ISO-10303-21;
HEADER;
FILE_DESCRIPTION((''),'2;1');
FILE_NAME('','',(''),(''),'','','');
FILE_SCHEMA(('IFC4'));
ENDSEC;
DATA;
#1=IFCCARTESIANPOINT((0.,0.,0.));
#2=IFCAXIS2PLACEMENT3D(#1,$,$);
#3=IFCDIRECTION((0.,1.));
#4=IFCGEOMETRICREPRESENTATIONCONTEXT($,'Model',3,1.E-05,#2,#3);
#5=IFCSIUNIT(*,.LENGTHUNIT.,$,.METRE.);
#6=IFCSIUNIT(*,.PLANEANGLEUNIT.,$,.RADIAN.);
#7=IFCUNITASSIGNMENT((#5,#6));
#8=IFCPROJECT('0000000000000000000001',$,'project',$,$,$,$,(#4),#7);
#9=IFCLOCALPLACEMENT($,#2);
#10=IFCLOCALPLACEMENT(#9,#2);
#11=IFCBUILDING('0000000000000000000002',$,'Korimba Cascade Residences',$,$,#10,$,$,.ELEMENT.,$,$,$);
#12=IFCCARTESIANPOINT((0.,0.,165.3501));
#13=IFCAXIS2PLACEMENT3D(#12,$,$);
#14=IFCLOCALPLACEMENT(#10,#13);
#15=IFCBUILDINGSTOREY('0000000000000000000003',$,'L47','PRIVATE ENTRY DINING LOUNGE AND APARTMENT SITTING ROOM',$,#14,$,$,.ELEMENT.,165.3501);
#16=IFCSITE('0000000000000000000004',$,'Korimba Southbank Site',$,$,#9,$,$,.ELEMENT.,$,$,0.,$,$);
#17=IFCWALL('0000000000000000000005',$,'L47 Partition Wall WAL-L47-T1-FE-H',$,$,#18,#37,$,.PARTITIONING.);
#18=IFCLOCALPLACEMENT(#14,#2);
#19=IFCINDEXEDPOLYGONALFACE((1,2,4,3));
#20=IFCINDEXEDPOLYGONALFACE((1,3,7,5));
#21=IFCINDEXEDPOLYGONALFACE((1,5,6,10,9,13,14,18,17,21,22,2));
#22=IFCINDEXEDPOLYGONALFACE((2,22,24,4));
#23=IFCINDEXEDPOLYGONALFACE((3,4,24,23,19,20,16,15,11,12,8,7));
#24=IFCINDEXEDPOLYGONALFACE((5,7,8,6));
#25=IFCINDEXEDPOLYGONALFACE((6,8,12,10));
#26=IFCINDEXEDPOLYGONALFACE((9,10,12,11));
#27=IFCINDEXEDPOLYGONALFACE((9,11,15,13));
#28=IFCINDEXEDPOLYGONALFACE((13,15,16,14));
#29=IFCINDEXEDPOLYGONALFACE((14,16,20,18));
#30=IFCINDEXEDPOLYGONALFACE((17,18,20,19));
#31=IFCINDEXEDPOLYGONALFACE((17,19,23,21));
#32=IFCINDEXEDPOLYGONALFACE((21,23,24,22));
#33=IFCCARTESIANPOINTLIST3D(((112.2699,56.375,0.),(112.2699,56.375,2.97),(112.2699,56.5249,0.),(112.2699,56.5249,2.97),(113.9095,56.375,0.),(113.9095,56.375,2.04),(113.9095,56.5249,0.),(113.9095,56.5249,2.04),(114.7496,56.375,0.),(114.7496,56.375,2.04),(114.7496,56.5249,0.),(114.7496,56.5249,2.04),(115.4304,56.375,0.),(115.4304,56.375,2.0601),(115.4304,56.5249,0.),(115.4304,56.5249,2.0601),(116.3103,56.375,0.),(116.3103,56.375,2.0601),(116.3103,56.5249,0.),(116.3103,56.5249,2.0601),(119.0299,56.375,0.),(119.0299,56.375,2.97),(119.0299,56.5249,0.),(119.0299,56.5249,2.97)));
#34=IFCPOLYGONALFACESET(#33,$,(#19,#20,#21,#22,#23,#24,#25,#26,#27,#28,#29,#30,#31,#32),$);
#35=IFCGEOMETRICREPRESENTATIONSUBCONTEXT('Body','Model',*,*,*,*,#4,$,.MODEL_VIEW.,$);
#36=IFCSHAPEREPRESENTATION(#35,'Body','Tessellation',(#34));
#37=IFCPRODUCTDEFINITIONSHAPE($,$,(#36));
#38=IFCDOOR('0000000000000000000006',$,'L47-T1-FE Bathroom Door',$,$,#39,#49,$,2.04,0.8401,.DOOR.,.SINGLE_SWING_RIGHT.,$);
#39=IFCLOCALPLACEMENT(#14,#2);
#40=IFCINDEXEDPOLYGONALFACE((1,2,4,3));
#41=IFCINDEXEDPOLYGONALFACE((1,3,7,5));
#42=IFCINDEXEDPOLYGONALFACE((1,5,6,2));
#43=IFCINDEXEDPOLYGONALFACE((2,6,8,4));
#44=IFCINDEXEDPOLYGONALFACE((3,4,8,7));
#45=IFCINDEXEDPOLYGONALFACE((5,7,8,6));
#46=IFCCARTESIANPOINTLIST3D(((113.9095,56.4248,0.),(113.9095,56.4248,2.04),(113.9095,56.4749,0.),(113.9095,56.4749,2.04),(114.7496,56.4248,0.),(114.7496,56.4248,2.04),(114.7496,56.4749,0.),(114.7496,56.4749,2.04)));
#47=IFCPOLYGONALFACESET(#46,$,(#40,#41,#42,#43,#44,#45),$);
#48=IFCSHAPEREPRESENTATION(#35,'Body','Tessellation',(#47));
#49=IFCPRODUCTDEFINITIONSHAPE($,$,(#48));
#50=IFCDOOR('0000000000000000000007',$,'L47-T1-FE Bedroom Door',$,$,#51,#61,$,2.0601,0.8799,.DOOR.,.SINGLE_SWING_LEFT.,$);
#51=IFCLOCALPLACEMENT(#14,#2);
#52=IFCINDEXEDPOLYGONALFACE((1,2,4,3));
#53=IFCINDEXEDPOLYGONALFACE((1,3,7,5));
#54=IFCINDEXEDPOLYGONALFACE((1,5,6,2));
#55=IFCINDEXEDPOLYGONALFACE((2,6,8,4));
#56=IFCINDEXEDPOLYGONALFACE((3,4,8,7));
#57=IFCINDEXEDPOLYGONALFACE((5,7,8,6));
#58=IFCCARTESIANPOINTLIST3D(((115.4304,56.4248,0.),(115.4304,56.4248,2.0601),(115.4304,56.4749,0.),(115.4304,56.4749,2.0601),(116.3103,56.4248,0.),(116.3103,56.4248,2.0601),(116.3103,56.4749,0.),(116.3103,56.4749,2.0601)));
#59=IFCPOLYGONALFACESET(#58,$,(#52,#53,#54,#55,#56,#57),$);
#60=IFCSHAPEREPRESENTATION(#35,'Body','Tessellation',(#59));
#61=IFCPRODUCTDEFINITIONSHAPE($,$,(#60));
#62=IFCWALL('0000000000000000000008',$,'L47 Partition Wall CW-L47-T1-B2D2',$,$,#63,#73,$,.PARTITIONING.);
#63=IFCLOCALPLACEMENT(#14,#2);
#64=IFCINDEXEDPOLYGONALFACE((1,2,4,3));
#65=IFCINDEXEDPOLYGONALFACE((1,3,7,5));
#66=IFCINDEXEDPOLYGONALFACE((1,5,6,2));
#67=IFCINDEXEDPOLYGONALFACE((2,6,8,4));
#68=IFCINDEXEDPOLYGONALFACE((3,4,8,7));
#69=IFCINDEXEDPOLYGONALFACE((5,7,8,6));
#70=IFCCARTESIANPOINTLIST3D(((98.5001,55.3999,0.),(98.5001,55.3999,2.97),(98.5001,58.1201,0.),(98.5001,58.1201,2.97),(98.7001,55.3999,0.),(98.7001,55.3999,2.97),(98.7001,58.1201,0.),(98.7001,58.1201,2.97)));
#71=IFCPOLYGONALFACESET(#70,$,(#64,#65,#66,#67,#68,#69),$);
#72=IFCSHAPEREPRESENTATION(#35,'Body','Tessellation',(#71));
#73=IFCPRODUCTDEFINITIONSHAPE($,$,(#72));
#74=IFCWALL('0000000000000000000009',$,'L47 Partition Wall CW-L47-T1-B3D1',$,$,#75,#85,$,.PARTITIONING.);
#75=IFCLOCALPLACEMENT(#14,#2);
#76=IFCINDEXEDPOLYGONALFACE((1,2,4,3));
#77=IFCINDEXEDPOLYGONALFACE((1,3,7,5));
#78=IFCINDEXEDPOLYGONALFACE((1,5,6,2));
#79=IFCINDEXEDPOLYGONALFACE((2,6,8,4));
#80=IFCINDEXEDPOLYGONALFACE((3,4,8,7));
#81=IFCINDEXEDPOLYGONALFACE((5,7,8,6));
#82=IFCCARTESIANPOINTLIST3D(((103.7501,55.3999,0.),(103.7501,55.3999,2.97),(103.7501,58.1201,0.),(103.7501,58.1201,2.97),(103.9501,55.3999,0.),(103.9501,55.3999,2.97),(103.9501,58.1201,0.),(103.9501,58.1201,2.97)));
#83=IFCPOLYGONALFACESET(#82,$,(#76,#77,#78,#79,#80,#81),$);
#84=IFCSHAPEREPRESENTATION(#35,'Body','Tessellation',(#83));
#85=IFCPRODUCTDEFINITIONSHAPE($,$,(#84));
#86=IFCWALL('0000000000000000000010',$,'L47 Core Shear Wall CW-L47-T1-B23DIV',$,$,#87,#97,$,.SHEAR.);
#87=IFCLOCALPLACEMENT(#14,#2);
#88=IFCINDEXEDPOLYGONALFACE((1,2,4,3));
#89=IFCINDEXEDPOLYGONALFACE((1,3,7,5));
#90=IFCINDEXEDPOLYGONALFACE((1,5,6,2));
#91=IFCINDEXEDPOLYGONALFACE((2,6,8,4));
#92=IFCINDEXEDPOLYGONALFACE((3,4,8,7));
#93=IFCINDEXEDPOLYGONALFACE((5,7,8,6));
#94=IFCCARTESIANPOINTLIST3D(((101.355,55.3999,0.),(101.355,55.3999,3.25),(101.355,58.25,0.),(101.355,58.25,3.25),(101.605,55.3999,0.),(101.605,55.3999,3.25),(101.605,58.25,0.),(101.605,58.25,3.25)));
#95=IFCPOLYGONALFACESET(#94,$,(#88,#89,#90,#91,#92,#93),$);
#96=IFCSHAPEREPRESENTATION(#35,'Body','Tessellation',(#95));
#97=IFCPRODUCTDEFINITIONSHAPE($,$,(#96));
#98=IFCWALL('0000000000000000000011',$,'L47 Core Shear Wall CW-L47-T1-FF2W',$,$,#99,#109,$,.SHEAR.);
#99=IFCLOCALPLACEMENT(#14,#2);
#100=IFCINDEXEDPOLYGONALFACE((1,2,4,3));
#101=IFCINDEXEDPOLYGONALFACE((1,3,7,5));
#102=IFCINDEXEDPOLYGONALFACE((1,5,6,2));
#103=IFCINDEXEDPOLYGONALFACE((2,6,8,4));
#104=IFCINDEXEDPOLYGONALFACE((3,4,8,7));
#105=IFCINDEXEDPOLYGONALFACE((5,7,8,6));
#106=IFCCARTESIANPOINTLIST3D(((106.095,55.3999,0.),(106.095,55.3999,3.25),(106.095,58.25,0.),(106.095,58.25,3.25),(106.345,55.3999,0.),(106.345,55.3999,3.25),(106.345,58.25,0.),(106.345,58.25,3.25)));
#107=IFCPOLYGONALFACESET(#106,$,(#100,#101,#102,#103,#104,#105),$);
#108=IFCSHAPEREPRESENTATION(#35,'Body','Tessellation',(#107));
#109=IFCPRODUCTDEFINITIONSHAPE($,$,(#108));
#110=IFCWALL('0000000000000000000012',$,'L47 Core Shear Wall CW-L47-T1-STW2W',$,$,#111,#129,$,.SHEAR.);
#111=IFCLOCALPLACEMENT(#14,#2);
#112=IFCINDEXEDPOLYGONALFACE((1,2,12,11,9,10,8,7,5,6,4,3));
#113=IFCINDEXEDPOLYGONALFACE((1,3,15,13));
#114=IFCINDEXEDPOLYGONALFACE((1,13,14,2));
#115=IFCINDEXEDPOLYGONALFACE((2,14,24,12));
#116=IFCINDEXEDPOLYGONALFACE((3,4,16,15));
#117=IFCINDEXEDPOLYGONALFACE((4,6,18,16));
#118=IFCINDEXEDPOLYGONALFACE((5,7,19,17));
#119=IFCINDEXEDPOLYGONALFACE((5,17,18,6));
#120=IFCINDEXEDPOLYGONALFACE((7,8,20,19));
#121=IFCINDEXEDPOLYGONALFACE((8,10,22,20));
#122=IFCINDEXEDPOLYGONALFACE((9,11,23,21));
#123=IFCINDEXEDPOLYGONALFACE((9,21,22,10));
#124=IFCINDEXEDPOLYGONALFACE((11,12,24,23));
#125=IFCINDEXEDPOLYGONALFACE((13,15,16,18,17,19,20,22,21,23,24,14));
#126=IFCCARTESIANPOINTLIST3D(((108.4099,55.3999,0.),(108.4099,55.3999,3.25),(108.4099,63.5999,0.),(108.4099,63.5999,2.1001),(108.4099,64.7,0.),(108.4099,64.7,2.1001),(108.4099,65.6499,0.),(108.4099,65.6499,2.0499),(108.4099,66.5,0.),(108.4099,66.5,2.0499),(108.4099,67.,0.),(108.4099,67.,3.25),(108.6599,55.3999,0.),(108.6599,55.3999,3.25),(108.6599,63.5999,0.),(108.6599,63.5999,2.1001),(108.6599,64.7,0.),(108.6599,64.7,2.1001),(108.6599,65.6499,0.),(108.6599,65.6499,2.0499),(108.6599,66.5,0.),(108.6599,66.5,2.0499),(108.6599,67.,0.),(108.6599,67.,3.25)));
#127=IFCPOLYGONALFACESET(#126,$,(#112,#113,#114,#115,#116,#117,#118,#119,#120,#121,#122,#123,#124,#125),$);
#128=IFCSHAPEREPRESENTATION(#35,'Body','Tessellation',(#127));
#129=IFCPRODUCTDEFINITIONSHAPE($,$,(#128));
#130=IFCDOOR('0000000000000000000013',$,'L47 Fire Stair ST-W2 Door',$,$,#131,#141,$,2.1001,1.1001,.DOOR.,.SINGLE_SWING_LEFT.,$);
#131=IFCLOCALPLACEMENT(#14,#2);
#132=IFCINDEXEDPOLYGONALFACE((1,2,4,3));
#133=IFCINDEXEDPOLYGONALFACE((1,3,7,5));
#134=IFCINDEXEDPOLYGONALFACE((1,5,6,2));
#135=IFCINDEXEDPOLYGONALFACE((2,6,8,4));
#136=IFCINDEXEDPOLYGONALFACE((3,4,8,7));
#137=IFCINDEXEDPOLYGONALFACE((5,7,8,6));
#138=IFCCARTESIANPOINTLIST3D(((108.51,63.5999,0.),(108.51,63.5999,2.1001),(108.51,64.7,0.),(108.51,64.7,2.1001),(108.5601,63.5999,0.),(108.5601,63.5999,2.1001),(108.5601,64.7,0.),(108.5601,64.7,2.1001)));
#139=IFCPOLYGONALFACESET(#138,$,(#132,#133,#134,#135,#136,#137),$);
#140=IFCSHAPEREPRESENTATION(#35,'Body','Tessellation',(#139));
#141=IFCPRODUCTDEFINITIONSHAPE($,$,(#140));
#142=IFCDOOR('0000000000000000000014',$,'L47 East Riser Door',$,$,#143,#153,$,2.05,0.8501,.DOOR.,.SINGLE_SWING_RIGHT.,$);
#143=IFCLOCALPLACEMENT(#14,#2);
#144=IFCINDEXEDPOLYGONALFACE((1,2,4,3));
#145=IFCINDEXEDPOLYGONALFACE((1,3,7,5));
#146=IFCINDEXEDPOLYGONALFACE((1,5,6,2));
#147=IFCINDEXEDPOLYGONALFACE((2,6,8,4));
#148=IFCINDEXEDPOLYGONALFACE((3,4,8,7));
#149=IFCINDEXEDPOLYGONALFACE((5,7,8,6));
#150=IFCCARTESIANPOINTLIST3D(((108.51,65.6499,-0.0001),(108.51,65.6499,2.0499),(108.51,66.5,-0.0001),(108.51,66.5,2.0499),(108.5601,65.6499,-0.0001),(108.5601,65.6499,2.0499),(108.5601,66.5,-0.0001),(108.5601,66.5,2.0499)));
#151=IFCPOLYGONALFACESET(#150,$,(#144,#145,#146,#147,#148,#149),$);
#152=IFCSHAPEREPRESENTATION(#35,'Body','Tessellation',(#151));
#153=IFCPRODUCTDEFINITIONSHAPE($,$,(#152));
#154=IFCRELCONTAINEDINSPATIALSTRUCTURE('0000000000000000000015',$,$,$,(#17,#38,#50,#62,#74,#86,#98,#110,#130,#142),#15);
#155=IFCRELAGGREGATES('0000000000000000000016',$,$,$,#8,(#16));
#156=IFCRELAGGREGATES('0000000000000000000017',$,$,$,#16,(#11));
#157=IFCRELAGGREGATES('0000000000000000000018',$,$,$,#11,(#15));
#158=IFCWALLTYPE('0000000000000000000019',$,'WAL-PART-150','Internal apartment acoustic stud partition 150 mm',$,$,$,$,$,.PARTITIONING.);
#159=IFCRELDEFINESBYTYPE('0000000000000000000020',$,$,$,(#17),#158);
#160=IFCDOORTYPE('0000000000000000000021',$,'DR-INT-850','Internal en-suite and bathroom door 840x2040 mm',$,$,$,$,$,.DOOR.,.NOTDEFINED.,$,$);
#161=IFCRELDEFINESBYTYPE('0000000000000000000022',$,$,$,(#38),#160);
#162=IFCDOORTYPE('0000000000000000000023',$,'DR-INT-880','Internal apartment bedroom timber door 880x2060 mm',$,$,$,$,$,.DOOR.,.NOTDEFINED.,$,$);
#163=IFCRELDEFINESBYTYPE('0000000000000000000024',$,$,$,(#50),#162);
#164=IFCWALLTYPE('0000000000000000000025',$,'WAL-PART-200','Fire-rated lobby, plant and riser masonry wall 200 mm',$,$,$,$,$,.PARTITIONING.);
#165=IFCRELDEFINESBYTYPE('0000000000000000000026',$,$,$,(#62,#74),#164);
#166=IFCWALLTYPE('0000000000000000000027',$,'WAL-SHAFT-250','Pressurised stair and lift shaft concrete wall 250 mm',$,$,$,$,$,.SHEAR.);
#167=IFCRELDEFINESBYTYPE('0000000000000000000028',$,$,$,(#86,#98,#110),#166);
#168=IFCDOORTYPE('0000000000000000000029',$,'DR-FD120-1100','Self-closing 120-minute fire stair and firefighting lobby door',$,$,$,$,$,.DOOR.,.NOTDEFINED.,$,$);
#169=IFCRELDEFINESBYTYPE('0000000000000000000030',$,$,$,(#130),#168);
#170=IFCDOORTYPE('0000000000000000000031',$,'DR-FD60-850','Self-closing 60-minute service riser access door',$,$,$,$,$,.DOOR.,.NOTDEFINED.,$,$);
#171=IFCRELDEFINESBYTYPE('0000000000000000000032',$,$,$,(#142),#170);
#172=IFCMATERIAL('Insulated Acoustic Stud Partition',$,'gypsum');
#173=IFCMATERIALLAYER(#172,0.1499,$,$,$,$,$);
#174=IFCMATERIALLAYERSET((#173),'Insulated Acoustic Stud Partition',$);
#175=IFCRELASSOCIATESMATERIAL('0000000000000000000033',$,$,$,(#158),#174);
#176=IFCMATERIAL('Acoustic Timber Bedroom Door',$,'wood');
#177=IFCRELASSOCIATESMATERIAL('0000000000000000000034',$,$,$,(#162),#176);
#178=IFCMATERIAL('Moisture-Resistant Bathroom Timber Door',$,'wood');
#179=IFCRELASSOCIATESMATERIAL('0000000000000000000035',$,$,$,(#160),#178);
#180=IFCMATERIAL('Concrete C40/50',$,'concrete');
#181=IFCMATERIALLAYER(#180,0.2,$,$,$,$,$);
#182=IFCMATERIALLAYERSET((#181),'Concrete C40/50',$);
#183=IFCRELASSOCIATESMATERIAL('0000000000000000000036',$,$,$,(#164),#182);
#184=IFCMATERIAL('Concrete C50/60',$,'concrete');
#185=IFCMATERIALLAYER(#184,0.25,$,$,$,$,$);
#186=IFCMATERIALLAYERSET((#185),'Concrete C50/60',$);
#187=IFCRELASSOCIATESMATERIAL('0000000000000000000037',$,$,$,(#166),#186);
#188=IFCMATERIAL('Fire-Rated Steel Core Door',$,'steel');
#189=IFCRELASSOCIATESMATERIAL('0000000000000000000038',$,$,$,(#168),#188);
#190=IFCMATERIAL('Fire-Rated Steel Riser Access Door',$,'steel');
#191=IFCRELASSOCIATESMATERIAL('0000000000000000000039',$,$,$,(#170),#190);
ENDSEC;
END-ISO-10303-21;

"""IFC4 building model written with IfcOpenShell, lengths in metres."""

from ifc_helpers import new_model, si_unit, direction, frame, frame_2d, origin, place, context, subcontext, project, spatial, rectangle, extrude, material, layer, layer_set, type_object, element, fill, save


model = new_model("IFC4")

# Units and contexts
model_context = context("Model", 3, precision=1e-05, world=origin(), true_north=direction((0.0, 1.0)))
body_context = subcontext(model_context, "Body", "Model", "MODEL_VIEW")
ifc_project = project(units=[si_unit("LENGTHUNIT", "METRE"), si_unit("PLANEANGLEUNIT", "RADIAN")], contexts=[model_context])

# Site, building, storey
site_placement = place(None, origin())
site = spatial("IfcSite", under=ifc_project, at=site_placement, Name="Korimba Southbank Site", CompositionType="ELEMENT", RefElevation=0.0)
building_placement = place(site_placement, origin())
building = spatial("IfcBuilding", under=site, at=building_placement, Name="Korimba Cascade Residences", CompositionType="ELEMENT")
storey_placement = place(building_placement, frame((0.0, 0.0, 165.3501)))
storey = spatial("IfcBuildingStorey", under=building, at=storey_placement, Name="L47", Description="PRIVATE ENTRY DINING LOUNGE AND APARTMENT SITTING ROOM", CompositionType="ELEMENT", Elevation=165.3501)

# Shared definitions
ifc_material_1 = material(Name="Insulated Acoustic Stud Partition", Category="gypsum")
ifc_layer_1 = layer(ifc_material_1, 0.1499)
ifc_layer_set_1 = layer_set([ifc_layer_1], Name="Insulated Acoustic Stud Partition")
wall_type_1 = type_object("IfcWallType", Name="WAL-PART-150", Description="Internal apartment acoustic stud partition 150 mm", PredefinedType="PARTITIONING", material=ifc_layer_set_1)
ifc_material_2 = material(Name="Acoustic Timber Bedroom Door", Category="wood")
door_type_1 = type_object("IfcDoorType", Name="DR-INT-880", Description="Internal apartment bedroom timber door 880x2060 mm", OperationType="NOTDEFINED", PredefinedType="DOOR", material=ifc_material_2)

# Wall, openings, doors
wall_1_placement = place(storey_placement, frame((112.27, 56.45, 0.0), z_axis=(0.0, 0.0, 1.0), x_axis=(1.0, 0.0, 0.0)))
wall_1 = element("IfcWall", 1, at=wall_1_placement, inside=storey, type_object=wall_type_1, Name="L47 Partition Wall WAL-L47-T1-FE-H", PredefinedType="PARTITIONING", context=body_context, shape_type="SweptSolid", body=[
    extrude(rectangle(XDim=6.76, YDim=0.1499, at=frame_2d((3.3799, 0.0))), origin(), (0.0, 0.0, 1.0), 2.97),
])
opening_1_placement = place(wall_1_placement, frame((1.6396, 0.0, 0.0)))
opening_1 = element("IfcOpeningElement", 2, at=opening_1_placement, cuts=wall_1, PredefinedType="OPENING", context=body_context, shape_type="SweptSolid", body=[
    extrude(rectangle(XDim=0.8401, YDim=2.04, at=frame_2d((0.4199, 1.02))), frame((0.0, 0.085, 0.0), z_axis=(0.0, -1.0, 0.0), x_axis=(1.0, 0.0, 0.0)), (0.0, 0.0, 1.0), 0.1699),
])
opening_2_placement = place(wall_1_placement, frame((3.1604, 0.0, 0.0)))
opening_2 = element("IfcOpeningElement", 3, at=opening_2_placement, cuts=wall_1, PredefinedType="OPENING", context=body_context, shape_type="SweptSolid", body=[
    extrude(rectangle(XDim=0.8799, YDim=2.0601, at=frame_2d((0.4399, 1.03))), frame((0.0, 0.085, 0.0), z_axis=(0.0, -1.0, 0.0), x_axis=(1.0, 0.0, 0.0)), (0.0, 0.0, 1.0), 0.1699),
])
ifc_material_3 = material(Name="Moisture-Resistant Bathroom Timber Door", Category="wood")
door_type_2 = type_object("IfcDoorType", Name="DR-INT-850", Description="Internal en-suite and bathroom door 840x2040 mm", OperationType="NOTDEFINED", PredefinedType="DOOR", material=ifc_material_3)
door_1_placement = place(opening_1_placement, origin())
door_1 = element("IfcDoor", 4, at=door_1_placement, inside=storey, type_object=door_type_2, Name="L47-T1-FE Bathroom Door", OperationType="SINGLE_SWING_RIGHT", OverallHeight=2.04, OverallWidth=0.8401, PredefinedType="DOOR", context=body_context, shape_type="SweptSolid", body=[
    extrude(rectangle(XDim=0.8401, YDim=2.04, at=frame_2d((0.4199, 1.02))), frame((0.0, 0.0249, 0.0), z_axis=(0.0, -1.0, 0.0), x_axis=(1.0, 0.0, 0.0)), (0.0, 0.0, 1.0), 0.05),
])
fill(opening_1, door_1)
door_2_placement = place(opening_2_placement, origin())
door_2 = element("IfcDoor", 5, at=door_2_placement, inside=storey, type_object=door_type_1, Name="L47-T1-FE Bedroom Door", OperationType="SINGLE_SWING_LEFT", OverallHeight=2.0601, OverallWidth=0.8799, PredefinedType="DOOR", context=body_context, shape_type="SweptSolid", body=[
    extrude(rectangle(XDim=0.8799, YDim=2.0601, at=frame_2d((0.4399, 1.03))), frame((0.0, 0.0249, 0.0), z_axis=(0.0, -1.0, 0.0), x_axis=(1.0, 0.0, 0.0)), (0.0, 0.0, 1.0), 0.05),
])
fill(opening_2, door_2)

# Walls
ifc_material_4 = material(Name="Concrete C40/50", Category="concrete")
ifc_layer_2 = layer(ifc_material_4, 0.2)
ifc_layer_set_2 = layer_set([ifc_layer_2], Name="Concrete C40/50")
wall_type_2 = type_object("IfcWallType", Name="WAL-PART-200", Description="Fire-rated lobby, plant and riser masonry wall 200 mm", PredefinedType="PARTITIONING", material=ifc_layer_set_2)
for number, where, z_axis, x_axis, name in (
    (6, (98.6001, 55.3999, 0.0), (0.0, 0.0, 1.0), (0.0, 1.0, 0.0), "L47 Partition Wall CW-L47-T1-B2D2"),
    (7, (103.8501, 55.3999, 0.0), (0.0, 0.0, 1.0), (0.0, 1.0, 0.0), "L47 Partition Wall CW-L47-T1-B3D1"),
):
    element("IfcWall", number, at=place(storey_placement, frame(where, z_axis=z_axis, x_axis=x_axis)), inside=storey, type_object=wall_type_2, Name=name, PredefinedType="PARTITIONING", context=body_context, shape_type="SweptSolid", body=[
        extrude(rectangle(XDim=2.7202, YDim=0.2, at=frame_2d((1.3601, 0.0))), origin(), (0.0, 0.0, 1.0), 2.97),
    ])
ifc_material_5 = material(Name="Concrete C50/60", Category="concrete")
ifc_layer_3 = layer(ifc_material_5, 0.25)
ifc_layer_set_3 = layer_set([ifc_layer_3], Name="Concrete C50/60")
wall_type_3 = type_object("IfcWallType", Name="WAL-SHAFT-250", Description="Pressurised stair and lift shaft concrete wall 250 mm", PredefinedType="SHEAR", material=ifc_layer_set_3)
for number, where, z_axis, x_axis, name in (
    (8, (101.48, 55.3999, 0.0), (0.0, 0.0, 1.0), (0.0, 1.0, 0.0), "L47 Core Shear Wall CW-L47-T1-B23DIV"),
    (9, (106.22, 55.3999, 0.0), (0.0, 0.0, 1.0), (0.0, 1.0, 0.0), "L47 Core Shear Wall CW-L47-T1-FF2W"),
):
    element("IfcWall", number, at=place(storey_placement, frame(where, z_axis=z_axis, x_axis=x_axis)), inside=storey, type_object=wall_type_3, Name=name, PredefinedType="SHEAR", context=body_context, shape_type="SweptSolid", body=[
        extrude(rectangle(XDim=2.8501, YDim=0.25, at=frame_2d((1.425, 0.0))), origin(), (0.0, 0.0, 1.0), 3.25),
    ])

# Wall, openings, doors
wall_2_placement = place(storey_placement, frame((108.5349, 55.3999, 0.0), z_axis=(0.0, 0.0, 1.0), x_axis=(0.0, 1.0, 0.0)))
wall_2 = element("IfcWall", 10, at=wall_2_placement, inside=storey, type_object=wall_type_3, Name="L47 Core Shear Wall CW-L47-T1-STW2W", PredefinedType="SHEAR", context=body_context, shape_type="SweptSolid", body=[
    extrude(rectangle(XDim=11.6001, YDim=0.25, at=frame_2d((5.8, 0.0))), origin(), (0.0, 0.0, 1.0), 3.25),
])
opening_3_placement = place(wall_2_placement, frame((8.2, 0.0, 0.0)))
opening_3 = element("IfcOpeningElement", 11, at=opening_3_placement, cuts=wall_2, PredefinedType="OPENING", context=body_context, shape_type="SweptSolid", body=[
    extrude(rectangle(XDim=1.1001, YDim=2.1001, at=frame_2d((0.55, 1.05))), frame((0.0, 0.135, 0.0), z_axis=(0.0, -1.0, 0.0), x_axis=(1.0, 0.0, 0.0)), (0.0, 0.0, 1.0), 0.27),
])
opening_4_placement = place(wall_2_placement, frame((10.25, 0.0, 0.0)))
opening_4 = element("IfcOpeningElement", 12, at=opening_4_placement, cuts=wall_2, PredefinedType="OPENING", context=body_context, shape_type="SweptSolid", body=[
    extrude(rectangle(XDim=0.8501, YDim=2.05, at=frame_2d((0.425, 1.0249))), frame((0.0, 0.135, 0.0), z_axis=(0.0, -1.0, 0.0), x_axis=(1.0, 0.0, 0.0)), (0.0, 0.0, 1.0), 0.27),
])
ifc_material_6 = material(Name="Fire-Rated Steel Core Door", Category="steel")
door_type_3 = type_object("IfcDoorType", Name="DR-FD120-1100", Description="Self-closing 120-minute fire stair and firefighting lobby door", OperationType="NOTDEFINED", PredefinedType="DOOR", material=ifc_material_6)
door_3_placement = place(opening_3_placement, origin())
door_3 = element("IfcDoor", 13, at=door_3_placement, inside=storey, type_object=door_type_3, Name="L47 Fire Stair ST-W2 Door", OperationType="SINGLE_SWING_LEFT", OverallHeight=2.1001, OverallWidth=1.1001, PredefinedType="DOOR", context=body_context, shape_type="SweptSolid", body=[
    extrude(rectangle(XDim=1.1001, YDim=2.1001, at=frame_2d((0.55, 1.05))), frame((0.0, 0.0249, 0.0), z_axis=(0.0, -1.0, 0.0), x_axis=(1.0, 0.0, 0.0)), (0.0, 0.0, 1.0), 0.05),
])
fill(opening_3, door_3)
ifc_material_7 = material(Name="Fire-Rated Steel Riser Access Door", Category="steel")
door_type_4 = type_object("IfcDoorType", Name="DR-FD60-850", Description="Self-closing 60-minute service riser access door", OperationType="NOTDEFINED", PredefinedType="DOOR", material=ifc_material_7)
door_4_placement = place(opening_4_placement, origin())
door_4 = element("IfcDoor", 14, at=door_4_placement, inside=storey, type_object=door_type_4, Name="L47 East Riser Door", OperationType="SINGLE_SWING_RIGHT", OverallHeight=2.05, OverallWidth=0.8501, PredefinedType="DOOR", context=body_context, shape_type="SweptSolid", body=[
    extrude(rectangle(XDim=0.8501, YDim=2.05, at=frame_2d((0.425, 1.0249))), frame((0.0, 0.0249, 0.0), z_axis=(0.0, -1.0, 0.0), x_axis=(1.0, 0.0, 0.0)), (0.0, 0.0, 1.0), 0.05),
])
fill(opening_4, door_4)

save(model, "model.ifc")
